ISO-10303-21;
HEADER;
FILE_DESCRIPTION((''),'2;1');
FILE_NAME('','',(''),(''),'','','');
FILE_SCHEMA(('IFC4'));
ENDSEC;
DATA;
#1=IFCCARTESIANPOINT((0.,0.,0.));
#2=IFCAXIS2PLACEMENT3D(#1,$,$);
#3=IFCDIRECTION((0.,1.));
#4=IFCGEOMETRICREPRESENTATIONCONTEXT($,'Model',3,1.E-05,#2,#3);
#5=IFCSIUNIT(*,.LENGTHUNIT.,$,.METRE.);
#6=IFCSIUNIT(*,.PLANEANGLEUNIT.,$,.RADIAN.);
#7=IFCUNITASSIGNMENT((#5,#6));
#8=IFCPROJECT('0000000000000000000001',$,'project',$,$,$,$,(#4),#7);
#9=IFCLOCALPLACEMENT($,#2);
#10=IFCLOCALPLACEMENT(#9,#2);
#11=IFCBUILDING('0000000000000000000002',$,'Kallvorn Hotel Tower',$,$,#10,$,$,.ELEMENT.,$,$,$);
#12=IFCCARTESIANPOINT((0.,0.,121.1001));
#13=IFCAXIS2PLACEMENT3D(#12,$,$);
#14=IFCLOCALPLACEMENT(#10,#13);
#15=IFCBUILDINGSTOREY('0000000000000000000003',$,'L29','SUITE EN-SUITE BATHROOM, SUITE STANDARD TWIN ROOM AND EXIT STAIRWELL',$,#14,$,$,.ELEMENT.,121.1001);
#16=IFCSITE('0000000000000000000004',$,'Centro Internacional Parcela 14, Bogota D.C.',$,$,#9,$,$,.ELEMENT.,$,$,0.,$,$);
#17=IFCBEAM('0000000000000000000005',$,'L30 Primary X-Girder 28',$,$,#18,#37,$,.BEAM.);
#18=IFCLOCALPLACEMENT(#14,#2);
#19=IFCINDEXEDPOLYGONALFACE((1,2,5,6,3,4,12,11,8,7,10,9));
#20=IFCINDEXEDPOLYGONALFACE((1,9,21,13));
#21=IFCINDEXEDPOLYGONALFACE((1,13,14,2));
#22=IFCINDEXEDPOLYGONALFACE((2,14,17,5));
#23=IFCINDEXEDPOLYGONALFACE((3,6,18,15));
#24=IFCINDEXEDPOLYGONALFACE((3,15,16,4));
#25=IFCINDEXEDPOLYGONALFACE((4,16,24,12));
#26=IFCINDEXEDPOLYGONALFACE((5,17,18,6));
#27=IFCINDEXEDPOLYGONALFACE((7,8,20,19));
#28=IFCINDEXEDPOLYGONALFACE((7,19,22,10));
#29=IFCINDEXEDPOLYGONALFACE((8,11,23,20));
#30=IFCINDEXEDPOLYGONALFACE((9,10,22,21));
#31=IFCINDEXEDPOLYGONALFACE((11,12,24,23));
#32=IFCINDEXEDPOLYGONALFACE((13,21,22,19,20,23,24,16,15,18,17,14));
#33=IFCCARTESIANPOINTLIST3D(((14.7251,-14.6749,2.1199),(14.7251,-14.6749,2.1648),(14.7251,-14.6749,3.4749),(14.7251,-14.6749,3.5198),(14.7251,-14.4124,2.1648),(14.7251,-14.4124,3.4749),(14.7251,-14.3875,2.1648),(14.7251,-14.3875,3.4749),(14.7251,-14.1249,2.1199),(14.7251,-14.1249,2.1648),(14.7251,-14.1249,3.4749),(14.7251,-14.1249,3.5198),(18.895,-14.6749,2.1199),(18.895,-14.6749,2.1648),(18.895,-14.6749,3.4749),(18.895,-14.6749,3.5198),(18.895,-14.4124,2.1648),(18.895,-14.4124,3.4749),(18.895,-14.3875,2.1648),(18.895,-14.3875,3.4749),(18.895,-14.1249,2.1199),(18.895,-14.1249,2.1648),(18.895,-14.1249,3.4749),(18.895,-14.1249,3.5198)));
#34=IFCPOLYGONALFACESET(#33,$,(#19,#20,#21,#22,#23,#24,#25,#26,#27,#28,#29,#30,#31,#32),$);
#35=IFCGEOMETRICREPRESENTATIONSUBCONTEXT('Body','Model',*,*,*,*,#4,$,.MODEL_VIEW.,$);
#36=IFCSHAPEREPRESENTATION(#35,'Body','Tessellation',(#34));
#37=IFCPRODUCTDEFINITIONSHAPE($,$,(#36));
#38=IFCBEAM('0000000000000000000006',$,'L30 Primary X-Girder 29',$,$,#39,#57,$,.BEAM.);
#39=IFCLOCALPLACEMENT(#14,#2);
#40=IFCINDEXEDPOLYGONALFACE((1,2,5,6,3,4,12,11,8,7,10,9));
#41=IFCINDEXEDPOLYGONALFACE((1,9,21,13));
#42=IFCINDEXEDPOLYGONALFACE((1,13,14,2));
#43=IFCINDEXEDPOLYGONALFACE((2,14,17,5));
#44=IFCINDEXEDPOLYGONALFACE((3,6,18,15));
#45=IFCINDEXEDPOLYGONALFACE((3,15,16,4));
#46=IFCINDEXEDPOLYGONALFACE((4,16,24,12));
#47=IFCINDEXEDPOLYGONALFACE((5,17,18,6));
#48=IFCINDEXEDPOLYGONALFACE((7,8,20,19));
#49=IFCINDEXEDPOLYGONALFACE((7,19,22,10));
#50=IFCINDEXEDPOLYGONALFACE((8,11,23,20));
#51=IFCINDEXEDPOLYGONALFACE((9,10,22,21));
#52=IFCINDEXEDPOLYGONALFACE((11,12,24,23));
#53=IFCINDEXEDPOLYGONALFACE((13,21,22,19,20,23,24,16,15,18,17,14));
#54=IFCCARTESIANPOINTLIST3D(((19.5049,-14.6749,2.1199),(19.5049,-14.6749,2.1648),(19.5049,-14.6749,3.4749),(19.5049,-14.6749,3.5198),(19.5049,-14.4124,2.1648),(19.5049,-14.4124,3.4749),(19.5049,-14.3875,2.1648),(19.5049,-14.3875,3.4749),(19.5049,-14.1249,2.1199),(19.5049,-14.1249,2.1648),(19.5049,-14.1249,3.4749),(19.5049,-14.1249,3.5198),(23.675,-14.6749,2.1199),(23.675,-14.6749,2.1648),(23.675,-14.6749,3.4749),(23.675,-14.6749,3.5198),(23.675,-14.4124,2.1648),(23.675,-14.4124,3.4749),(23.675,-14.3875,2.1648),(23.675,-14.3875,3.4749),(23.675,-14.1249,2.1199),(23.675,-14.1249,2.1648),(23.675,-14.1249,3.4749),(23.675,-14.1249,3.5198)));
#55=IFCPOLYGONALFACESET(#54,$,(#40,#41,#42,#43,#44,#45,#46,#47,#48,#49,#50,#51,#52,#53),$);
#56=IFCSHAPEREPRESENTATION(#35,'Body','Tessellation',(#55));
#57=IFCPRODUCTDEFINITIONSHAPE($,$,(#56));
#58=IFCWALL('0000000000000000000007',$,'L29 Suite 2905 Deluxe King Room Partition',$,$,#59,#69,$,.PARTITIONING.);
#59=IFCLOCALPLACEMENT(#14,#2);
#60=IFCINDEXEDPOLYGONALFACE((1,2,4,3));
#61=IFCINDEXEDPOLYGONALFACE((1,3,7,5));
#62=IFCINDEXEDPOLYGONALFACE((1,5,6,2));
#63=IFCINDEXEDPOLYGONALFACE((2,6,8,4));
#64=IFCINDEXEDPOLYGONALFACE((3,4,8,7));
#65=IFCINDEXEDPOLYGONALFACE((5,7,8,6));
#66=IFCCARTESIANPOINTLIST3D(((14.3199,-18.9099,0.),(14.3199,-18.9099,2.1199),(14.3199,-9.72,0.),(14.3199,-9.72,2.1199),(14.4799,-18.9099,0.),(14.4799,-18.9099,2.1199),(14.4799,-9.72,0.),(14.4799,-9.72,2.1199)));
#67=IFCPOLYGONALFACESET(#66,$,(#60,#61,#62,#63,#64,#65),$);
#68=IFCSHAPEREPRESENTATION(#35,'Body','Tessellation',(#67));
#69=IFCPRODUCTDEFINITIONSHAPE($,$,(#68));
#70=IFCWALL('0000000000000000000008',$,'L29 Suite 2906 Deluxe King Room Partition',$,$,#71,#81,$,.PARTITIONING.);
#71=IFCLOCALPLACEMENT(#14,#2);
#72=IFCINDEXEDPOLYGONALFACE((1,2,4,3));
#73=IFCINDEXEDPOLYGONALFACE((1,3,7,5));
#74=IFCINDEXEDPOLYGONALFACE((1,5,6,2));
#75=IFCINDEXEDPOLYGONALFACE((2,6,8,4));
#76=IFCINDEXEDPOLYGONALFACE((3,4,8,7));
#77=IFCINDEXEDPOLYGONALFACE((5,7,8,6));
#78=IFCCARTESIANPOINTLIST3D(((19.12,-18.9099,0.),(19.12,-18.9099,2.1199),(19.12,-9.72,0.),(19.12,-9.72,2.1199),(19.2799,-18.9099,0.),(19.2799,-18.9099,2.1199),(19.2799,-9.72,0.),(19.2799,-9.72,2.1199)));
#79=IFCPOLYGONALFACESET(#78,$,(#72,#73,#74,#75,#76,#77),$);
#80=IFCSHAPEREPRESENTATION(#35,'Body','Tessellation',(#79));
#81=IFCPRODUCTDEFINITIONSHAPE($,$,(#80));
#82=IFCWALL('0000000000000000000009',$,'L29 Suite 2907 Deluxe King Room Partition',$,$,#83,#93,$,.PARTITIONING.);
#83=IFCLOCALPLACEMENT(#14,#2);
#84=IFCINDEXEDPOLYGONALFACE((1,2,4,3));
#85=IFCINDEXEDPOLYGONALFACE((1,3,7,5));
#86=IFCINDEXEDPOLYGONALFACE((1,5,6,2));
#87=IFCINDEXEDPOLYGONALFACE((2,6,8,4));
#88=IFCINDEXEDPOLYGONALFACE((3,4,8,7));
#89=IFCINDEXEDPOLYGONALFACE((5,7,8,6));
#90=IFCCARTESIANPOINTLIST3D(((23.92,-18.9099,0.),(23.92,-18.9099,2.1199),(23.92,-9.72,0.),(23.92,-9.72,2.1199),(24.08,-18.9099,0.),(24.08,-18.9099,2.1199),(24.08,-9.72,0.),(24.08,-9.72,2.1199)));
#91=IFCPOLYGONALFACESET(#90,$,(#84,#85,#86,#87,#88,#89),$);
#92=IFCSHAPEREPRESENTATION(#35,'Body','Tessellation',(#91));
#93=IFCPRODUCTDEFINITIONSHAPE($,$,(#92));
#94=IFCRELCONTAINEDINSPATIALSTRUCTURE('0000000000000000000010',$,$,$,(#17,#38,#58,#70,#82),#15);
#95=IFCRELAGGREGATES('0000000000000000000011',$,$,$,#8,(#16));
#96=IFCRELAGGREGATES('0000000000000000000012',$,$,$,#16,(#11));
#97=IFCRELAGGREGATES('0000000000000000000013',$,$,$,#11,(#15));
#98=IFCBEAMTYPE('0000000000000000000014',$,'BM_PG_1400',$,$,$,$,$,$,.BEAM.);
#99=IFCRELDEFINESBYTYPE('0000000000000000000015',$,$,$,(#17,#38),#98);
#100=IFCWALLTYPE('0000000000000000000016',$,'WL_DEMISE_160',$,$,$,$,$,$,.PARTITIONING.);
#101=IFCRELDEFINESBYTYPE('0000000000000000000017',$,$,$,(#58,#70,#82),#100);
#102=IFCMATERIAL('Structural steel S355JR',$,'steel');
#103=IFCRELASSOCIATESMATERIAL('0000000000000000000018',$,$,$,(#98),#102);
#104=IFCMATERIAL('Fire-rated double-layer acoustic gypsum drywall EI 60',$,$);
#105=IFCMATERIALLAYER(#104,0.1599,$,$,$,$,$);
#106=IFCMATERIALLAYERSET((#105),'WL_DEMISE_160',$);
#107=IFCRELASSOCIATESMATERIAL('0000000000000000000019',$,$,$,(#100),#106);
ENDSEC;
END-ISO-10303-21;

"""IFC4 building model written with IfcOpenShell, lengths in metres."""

from ifc_helpers import new_model, si_unit, direction, frame, frame_2d, origin, origin_2d, place, context, subcontext, project, spatial, rectangle, i_section, extrude, material, layer, layer_set, material_profile, profile_set, type_object, element, save


model = new_model("IFC4")

# Units and contexts
model_context = context("Model", 3, precision=1e-05, world=origin(), true_north=direction((0.0, 1.0)))
body_context = subcontext(model_context, "Body", "Model", "MODEL_VIEW")
ifc_project = project(units=[si_unit("LENGTHUNIT", "METRE"), si_unit("PLANEANGLEUNIT", "RADIAN")], contexts=[model_context])

# Site, building, storey
site_placement = place(None, origin())
site = spatial("IfcSite", under=ifc_project, at=site_placement, Name="Centro Internacional Parcela 14, Bogota D.C.", CompositionType="ELEMENT", RefElevation=0.0)
building_placement = place(site_placement, origin())
building = spatial("IfcBuilding", under=site, at=building_placement, Name="Kallvorn Hotel Tower", CompositionType="ELEMENT")
storey_placement = place(building_placement, frame((0.0, 0.0, 121.1001)))
storey = spatial("IfcBuildingStorey", under=building, at=storey_placement, Name="L29", Description="SUITE EN-SUITE BATHROOM, SUITE STANDARD TWIN ROOM AND EXIT STAIRWELL", CompositionType="ELEMENT", Elevation=121.1001)

# Beams
ifc_material_1 = material(Name="Structural steel S355JR", Category="steel")
ifc_material_profile_1 = material_profile(ifc_material_1, i_section(OverallWidth=0.55, OverallDepth=1.3999, WebThickness=0.0249, FlangeThickness=0.0449, at=origin_2d()), Name="PG 1400x550x25x45")
ifc_profile_set_1 = profile_set([ifc_material_profile_1], Name="Structural steel S355JR")
beam_type_1 = type_object("IfcBeamType", Name="BM_PG_1400", PredefinedType="BEAM", material=ifc_profile_set_1)
beam_1_placement = place(storey_placement, frame((14.7251, -14.3999, 2.8198), z_axis=(1.0, 0.0, 0.0), x_axis=(0.0, 1.0, 0.0)))
element("IfcBeam", 1, at=beam_1_placement, inside=storey, type_object=beam_type_1, Name="L30 Primary X-Girder 28", PredefinedType="BEAM", context=body_context, shape_type="SweptSolid", body=[
    extrude(i_section(OverallWidth=0.55, OverallDepth=1.3999, WebThickness=0.0249, FlangeThickness=0.0449, at=origin_2d()), origin(), (0.0, 0.0, 1.0), 4.1699),
])
beam_2_placement = place(storey_placement, frame((19.5049, -14.3999, 2.8198), z_axis=(1.0, 0.0, 0.0), x_axis=(0.0, 1.0, 0.0)))
element("IfcBeam", 2, at=beam_2_placement, inside=storey, type_object=beam_type_1, Name="L30 Primary X-Girder 29", PredefinedType="BEAM", context=body_context, shape_type="SweptSolid", body=[
    extrude(i_section(OverallWidth=0.55, OverallDepth=1.3999, WebThickness=0.0249, FlangeThickness=0.0449, at=origin_2d()), origin(), (0.0, 0.0, 1.0), 4.1702),
])

# Walls
ifc_material_2 = material(Name="Fire-rated double-layer acoustic gypsum drywall EI 60")
ifc_layer = layer(ifc_material_2, 0.1599)
ifc_layer_set = layer_set([ifc_layer], Name="WL_DEMISE_160")
wall_type = type_object("IfcWallType", Name="WL_DEMISE_160", PredefinedType="PARTITIONING", material=ifc_layer_set)
for number, where, z_axis, x_axis, name in (
    (3, (14.3999, -18.9099, 0.0), (0.0, 0.0, 1.0), (0.0, 1.0, 0.0), "L29 Suite 2905 Deluxe King Room Partition"),
    (4, (19.2, -18.9099, 0.0), (0.0, 0.0, 1.0), (0.0, 1.0, 0.0), "L29 Suite 2906 Deluxe King Room Partition"),
    (5, (24.0, -18.9099, 0.0), (0.0, 0.0, 1.0), (0.0, 1.0, 0.0), "L29 Suite 2907 Deluxe King Room Partition"),
):
    element("IfcWall", number, at=place(storey_placement, frame(where, z_axis=z_axis, x_axis=x_axis)), inside=storey, type_object=wall_type, Name=name, PredefinedType="PARTITIONING", context=body_context, shape_type="SweptSolid", body=[
        extrude(rectangle(XDim=9.1899, YDim=0.1599, at=frame_2d((4.595, 0.0))), origin(), (0.0, 0.0, 1.0), 2.1199),
    ])

save(model, "model.ifc")
